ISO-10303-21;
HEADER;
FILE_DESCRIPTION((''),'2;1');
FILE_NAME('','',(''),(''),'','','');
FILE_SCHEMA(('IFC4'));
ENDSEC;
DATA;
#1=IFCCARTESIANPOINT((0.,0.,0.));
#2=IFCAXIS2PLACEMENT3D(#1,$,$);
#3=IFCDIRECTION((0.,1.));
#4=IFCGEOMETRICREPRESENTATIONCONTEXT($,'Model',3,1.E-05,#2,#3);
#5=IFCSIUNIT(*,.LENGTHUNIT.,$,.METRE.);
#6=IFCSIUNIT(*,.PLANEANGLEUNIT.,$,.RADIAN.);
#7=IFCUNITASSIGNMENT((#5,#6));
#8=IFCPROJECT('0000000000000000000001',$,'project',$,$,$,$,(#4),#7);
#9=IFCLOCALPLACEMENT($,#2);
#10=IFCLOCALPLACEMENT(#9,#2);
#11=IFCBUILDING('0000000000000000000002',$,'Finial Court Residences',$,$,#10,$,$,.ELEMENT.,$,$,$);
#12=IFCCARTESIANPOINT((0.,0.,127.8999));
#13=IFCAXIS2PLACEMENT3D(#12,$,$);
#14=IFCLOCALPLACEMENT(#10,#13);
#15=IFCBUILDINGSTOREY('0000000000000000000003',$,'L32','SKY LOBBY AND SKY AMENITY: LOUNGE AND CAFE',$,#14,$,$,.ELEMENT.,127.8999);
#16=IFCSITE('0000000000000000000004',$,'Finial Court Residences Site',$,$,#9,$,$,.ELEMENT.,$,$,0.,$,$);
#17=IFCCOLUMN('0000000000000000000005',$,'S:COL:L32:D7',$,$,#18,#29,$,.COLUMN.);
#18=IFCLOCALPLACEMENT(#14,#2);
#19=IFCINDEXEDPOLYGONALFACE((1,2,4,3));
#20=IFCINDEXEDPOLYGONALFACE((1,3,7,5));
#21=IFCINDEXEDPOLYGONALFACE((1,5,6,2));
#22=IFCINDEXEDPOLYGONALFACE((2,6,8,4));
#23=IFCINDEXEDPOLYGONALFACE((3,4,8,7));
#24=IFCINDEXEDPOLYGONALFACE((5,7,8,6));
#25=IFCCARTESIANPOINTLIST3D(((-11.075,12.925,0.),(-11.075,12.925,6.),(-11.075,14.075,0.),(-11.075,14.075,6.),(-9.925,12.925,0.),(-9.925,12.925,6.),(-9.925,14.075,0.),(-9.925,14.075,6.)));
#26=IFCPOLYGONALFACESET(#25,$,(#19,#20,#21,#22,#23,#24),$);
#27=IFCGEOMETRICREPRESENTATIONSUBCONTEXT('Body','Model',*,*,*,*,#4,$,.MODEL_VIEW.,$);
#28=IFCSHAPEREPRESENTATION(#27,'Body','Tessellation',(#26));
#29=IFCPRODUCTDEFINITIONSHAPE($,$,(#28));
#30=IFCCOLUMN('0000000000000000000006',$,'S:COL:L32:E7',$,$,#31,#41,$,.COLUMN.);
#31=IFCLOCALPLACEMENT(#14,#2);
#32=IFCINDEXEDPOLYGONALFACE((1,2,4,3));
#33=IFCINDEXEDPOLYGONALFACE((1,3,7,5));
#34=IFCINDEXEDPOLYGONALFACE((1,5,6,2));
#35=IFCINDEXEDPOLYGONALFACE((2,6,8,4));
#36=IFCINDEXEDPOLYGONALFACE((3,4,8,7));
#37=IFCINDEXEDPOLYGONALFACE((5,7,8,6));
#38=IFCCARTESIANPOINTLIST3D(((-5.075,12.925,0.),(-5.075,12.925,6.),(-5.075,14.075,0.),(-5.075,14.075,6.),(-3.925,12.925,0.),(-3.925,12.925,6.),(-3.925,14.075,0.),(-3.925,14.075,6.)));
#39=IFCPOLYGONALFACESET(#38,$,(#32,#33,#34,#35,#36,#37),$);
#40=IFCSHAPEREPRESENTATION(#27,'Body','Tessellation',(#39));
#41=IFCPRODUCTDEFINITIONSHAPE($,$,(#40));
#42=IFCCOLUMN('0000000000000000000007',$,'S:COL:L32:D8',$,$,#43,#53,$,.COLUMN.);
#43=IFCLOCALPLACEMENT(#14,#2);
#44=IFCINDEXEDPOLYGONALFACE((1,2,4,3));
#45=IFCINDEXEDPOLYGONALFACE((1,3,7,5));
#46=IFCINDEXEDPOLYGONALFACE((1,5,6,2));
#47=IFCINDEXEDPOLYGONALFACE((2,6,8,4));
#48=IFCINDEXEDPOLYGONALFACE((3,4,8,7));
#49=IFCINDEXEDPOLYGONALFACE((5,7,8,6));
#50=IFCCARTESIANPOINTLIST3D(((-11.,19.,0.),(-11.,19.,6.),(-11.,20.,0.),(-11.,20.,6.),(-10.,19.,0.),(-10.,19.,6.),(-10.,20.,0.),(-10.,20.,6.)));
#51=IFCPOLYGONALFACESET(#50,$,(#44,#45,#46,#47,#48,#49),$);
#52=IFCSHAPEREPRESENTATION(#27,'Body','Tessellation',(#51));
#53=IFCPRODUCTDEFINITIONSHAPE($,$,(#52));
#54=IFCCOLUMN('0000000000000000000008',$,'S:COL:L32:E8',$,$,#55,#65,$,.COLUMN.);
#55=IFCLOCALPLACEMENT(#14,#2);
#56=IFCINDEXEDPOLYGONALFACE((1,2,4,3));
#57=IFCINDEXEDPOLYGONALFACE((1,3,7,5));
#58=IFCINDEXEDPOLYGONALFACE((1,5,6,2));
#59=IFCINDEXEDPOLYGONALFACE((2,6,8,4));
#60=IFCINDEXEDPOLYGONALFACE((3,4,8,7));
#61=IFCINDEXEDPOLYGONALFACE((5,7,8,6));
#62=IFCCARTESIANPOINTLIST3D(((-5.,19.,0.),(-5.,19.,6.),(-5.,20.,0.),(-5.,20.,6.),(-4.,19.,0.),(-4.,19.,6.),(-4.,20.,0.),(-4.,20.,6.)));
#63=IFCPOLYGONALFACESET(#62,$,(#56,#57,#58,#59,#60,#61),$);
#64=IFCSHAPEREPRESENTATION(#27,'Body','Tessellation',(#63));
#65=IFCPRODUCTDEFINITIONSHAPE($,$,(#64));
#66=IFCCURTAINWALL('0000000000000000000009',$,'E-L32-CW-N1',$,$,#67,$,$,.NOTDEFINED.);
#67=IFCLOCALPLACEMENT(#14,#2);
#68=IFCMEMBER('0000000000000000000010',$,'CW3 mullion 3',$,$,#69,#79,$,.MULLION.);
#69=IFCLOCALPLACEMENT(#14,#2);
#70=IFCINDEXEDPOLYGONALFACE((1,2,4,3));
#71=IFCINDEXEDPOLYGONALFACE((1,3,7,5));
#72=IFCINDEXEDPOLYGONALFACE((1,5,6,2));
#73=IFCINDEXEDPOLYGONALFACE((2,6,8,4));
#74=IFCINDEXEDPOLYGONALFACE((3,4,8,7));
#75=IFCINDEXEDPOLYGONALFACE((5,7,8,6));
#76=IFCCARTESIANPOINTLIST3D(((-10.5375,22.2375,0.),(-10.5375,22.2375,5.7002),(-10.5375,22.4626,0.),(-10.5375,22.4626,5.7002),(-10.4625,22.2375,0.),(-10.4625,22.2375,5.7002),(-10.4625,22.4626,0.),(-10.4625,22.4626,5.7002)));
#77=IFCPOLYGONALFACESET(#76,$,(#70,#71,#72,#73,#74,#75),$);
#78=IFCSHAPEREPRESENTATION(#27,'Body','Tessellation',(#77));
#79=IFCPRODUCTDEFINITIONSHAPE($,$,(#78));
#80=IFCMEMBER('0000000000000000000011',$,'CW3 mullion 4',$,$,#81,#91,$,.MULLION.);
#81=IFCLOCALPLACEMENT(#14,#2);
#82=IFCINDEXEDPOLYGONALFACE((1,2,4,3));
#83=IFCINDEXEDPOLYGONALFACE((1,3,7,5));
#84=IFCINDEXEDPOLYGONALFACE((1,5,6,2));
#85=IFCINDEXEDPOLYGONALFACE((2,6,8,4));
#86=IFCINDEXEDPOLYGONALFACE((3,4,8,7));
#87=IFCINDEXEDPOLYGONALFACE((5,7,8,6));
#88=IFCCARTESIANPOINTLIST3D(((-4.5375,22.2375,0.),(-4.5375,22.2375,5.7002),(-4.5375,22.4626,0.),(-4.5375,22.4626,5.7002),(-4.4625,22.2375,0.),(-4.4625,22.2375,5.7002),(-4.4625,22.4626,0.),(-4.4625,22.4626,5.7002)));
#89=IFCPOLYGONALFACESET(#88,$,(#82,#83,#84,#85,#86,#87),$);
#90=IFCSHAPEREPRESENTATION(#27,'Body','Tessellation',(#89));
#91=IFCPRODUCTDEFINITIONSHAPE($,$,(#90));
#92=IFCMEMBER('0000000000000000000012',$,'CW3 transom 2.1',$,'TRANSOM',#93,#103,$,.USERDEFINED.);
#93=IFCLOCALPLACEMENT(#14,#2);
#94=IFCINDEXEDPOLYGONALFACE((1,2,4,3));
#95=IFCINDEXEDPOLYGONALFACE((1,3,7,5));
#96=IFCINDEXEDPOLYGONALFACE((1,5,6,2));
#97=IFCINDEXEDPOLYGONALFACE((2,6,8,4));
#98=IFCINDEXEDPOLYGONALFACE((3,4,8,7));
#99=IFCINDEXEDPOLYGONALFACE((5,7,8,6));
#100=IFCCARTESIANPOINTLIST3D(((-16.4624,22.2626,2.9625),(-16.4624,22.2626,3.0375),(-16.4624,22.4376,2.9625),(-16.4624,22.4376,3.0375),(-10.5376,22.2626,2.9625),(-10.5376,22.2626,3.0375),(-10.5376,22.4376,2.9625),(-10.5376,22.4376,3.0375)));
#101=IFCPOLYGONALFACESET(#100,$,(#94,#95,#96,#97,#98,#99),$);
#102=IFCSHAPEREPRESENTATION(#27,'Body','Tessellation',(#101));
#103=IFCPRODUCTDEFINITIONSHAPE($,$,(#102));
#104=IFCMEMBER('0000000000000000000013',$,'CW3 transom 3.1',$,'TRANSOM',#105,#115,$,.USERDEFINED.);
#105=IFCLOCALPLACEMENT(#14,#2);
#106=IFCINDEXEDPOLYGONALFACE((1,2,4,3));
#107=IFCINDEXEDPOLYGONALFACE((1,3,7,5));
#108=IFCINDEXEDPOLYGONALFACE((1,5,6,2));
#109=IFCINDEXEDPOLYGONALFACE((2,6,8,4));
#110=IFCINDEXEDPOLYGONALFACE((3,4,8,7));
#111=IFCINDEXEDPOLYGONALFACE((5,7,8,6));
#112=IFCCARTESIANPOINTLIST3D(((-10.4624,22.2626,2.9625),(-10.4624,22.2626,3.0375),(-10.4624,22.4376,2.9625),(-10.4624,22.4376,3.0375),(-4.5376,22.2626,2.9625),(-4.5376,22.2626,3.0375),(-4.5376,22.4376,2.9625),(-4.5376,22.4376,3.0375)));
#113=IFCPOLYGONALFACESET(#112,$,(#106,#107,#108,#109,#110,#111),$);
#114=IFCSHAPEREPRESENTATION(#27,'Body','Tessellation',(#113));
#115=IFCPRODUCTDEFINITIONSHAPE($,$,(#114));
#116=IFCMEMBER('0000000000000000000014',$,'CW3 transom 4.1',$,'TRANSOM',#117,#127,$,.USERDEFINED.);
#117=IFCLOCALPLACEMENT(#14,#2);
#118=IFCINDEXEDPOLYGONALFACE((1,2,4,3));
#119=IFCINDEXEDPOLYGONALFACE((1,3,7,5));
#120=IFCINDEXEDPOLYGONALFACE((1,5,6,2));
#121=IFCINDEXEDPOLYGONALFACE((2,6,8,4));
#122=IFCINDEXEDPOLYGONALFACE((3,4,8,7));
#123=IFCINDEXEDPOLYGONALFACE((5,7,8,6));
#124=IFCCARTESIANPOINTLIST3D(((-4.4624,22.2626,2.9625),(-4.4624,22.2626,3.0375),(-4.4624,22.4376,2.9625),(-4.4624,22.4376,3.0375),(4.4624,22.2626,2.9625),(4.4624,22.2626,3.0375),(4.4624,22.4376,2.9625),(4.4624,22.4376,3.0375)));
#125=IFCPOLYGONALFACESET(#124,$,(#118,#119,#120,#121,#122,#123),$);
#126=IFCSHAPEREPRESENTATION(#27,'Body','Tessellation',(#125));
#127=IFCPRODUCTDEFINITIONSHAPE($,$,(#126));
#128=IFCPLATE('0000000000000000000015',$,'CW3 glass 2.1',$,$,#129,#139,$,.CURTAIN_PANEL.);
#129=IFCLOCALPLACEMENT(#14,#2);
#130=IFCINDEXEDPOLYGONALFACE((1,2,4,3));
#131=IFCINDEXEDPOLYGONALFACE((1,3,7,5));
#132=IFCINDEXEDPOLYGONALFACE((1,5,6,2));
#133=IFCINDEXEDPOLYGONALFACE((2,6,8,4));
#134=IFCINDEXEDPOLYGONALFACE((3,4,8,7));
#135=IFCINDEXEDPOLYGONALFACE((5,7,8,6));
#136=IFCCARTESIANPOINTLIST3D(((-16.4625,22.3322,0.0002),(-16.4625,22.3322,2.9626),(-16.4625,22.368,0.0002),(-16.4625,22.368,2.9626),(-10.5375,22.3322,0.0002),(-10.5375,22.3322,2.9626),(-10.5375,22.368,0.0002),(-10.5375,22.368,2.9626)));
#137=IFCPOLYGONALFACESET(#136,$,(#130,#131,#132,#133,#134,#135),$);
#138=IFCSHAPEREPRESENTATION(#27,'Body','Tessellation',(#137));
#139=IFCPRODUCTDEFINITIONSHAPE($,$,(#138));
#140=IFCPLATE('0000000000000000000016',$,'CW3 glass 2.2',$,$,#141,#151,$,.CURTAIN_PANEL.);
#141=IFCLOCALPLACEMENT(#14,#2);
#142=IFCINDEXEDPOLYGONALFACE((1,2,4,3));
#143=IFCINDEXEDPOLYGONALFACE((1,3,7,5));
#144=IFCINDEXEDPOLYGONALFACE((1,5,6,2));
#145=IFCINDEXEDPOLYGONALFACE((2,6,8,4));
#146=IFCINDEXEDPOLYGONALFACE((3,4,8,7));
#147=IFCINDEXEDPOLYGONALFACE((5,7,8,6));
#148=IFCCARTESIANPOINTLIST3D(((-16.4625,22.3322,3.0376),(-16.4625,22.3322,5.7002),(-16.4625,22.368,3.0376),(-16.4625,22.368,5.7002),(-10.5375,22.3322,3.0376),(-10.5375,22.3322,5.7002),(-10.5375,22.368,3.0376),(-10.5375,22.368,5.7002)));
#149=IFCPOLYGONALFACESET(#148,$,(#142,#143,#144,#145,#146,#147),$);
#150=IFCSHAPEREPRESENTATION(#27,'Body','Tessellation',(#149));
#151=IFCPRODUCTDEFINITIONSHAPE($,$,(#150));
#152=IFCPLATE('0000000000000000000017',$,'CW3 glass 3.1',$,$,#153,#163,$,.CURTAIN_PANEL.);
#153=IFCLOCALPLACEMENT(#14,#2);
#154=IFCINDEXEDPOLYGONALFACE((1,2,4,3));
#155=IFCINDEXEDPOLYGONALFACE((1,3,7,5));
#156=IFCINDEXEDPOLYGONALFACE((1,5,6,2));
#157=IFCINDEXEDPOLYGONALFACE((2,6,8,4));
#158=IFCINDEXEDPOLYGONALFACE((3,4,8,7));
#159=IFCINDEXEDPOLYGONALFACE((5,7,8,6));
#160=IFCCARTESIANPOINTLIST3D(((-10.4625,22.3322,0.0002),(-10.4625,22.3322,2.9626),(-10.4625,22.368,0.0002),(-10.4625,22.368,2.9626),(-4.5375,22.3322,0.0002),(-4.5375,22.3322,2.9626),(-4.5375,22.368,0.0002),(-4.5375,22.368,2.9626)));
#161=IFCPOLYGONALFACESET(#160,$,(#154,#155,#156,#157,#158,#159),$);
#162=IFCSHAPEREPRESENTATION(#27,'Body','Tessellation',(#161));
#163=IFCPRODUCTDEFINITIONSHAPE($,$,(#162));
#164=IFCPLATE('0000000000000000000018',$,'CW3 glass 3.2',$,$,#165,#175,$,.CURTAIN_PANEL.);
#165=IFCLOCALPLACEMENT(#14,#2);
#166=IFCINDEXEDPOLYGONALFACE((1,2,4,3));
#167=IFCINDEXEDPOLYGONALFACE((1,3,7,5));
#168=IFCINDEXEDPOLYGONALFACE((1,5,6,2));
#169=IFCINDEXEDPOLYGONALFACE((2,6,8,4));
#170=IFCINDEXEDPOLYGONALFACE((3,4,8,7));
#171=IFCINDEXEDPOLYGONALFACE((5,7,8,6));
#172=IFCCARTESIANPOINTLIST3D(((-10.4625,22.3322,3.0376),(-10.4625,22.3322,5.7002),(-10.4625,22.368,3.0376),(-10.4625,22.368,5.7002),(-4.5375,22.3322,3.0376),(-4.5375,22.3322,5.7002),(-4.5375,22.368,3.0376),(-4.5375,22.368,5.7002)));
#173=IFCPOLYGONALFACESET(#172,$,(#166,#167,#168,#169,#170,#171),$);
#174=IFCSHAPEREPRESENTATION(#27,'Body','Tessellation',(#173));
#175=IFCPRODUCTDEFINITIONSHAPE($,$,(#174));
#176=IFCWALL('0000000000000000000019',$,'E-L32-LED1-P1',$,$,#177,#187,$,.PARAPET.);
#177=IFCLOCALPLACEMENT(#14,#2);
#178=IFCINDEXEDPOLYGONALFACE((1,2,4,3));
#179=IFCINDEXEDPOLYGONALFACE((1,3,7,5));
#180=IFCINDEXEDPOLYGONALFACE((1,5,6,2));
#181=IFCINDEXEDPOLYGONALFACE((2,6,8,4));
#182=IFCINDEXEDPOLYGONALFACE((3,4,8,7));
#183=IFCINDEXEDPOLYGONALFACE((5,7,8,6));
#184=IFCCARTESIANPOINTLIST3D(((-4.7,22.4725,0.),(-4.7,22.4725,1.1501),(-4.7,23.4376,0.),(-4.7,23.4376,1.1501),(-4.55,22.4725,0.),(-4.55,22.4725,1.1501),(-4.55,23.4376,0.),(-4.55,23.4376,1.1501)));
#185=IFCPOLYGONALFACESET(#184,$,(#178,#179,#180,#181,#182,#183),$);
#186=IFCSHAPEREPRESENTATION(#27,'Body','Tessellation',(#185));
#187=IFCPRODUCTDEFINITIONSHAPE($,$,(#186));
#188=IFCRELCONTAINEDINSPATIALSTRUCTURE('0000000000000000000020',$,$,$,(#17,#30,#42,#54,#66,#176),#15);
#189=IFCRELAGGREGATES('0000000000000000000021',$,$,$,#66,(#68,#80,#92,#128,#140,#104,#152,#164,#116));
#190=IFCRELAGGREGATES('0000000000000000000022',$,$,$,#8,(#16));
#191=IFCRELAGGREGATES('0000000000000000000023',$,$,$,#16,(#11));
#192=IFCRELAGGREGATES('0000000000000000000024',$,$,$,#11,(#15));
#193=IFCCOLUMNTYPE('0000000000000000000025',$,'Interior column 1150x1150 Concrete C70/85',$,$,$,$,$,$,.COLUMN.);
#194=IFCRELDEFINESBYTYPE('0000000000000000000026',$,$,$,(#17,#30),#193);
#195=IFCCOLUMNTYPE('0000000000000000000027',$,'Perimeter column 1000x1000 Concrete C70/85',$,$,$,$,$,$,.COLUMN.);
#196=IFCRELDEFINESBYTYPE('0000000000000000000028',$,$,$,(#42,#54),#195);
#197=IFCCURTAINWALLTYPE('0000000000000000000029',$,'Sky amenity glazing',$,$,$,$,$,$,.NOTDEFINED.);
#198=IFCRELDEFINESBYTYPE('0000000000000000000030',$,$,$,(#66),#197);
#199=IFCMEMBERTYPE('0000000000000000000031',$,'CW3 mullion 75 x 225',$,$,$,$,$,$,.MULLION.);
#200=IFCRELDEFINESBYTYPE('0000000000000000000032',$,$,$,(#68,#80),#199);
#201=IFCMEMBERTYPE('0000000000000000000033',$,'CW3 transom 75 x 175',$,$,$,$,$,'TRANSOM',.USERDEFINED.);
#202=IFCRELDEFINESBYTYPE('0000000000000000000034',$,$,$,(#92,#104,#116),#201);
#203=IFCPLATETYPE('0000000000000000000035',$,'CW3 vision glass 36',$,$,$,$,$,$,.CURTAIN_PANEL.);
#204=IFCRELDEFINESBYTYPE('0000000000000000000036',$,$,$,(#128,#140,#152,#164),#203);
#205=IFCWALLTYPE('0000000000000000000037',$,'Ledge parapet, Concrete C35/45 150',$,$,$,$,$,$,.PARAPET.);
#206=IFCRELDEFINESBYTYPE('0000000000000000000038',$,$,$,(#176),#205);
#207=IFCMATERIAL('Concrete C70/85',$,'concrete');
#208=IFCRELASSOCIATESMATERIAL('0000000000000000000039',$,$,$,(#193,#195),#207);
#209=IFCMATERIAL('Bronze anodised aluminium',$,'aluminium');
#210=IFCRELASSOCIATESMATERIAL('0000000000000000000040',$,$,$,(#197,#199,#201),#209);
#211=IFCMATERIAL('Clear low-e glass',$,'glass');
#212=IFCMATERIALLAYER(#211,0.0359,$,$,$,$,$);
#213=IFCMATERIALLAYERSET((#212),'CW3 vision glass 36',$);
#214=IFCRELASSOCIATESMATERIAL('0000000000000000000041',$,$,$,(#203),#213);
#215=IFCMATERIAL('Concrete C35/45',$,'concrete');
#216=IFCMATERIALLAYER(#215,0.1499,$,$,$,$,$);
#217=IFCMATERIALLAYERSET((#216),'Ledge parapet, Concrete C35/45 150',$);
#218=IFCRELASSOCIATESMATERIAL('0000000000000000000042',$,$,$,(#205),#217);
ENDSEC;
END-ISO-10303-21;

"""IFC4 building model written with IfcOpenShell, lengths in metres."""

from ifc_helpers import new_model, si_unit, direction, frame, frame_2d, origin, origin_2d, place, context, subcontext, project, spatial, rectangle, extrude, material, layer, layer_set, material_profile, profile_set, type_object, element, aggregate, save


model = new_model("IFC4")

# Units and contexts
model_context = context("Model", 3, precision=1e-05, world=origin(), true_north=direction((0.0, 1.0)))
body_context = subcontext(model_context, "Body", "Model", "MODEL_VIEW")
ifc_project = project(units=[si_unit("LENGTHUNIT", "METRE"), si_unit("PLANEANGLEUNIT", "RADIAN")], contexts=[model_context])

# Site, building, storey
site_placement = place(None, origin())
site = spatial("IfcSite", under=ifc_project, at=site_placement, Name="Finial Court Residences Site", CompositionType="ELEMENT", RefElevation=0.0)
building_placement = place(site_placement, origin())
building = spatial("IfcBuilding", under=site, at=building_placement, Name="Finial Court Residences", CompositionType="ELEMENT")
storey_placement = place(building_placement, frame((0.0, 0.0, 127.8999)))
storey = spatial("IfcBuildingStorey", under=building, at=storey_placement, Name="L32", Description="SKY LOBBY AND SKY AMENITY: LOUNGE AND CAFE", CompositionType="ELEMENT", Elevation=127.8999)

# Columns
ifc_material_1 = material(Name="Concrete C70/85", Category="concrete")
ifc_material_profile_1 = material_profile(ifc_material_1, rectangle(XDim=1.1499, YDim=1.1499, at=origin_2d()), Name="1150x1150")
ifc_profile_set_1 = profile_set([ifc_material_profile_1], Name="Concrete C70/85")
column_type_1 = type_object("IfcColumnType", Name="Interior column 1150x1150 Concrete C70/85", PredefinedType="COLUMN", material=ifc_profile_set_1)
for number, where, z_axis, x_axis, name in (
    (1, (-10.5, 13.5, 0.0), (0.0, 0.0, 1.0), (1.0, 0.0, 0.0), "S:COL:L32:D7"),
    (2, (-4.5, 13.5, 0.0), (0.0, 0.0, 1.0), (1.0, 0.0, 0.0), "S:COL:L32:E7"),
):
    element("IfcColumn", number, at=place(storey_placement, frame(where, z_axis=z_axis, x_axis=x_axis)), inside=storey, type_object=column_type_1, Name=name, PredefinedType="COLUMN", context=body_context, shape_type="SweptSolid", body=[
        extrude(rectangle(XDim=1.1499, YDim=1.1499, at=origin_2d()), origin(), (0.0, 0.0, 1.0), 6.0),
    ])
ifc_material_profile_2 = material_profile(ifc_material_1, rectangle(XDim=1.0, YDim=1.0, at=origin_2d()), Name="1000x1000")
ifc_profile_set_2 = profile_set([ifc_material_profile_2], Name="Concrete C70/85")
column_type_2 = type_object("IfcColumnType", Name="Perimeter column 1000x1000 Concrete C70/85", PredefinedType="COLUMN", material=ifc_profile_set_2)
for number, where, z_axis, x_axis, name in (
    (3, (-10.5, 19.5, 0.0), (0.0, 0.0, 1.0), (1.0, 0.0, 0.0), "S:COL:L32:D8"),
    (4, (-4.5, 19.5, 0.0), (0.0, 0.0, 1.0), (1.0, 0.0, 0.0), "S:COL:L32:E8"),
):
    element("IfcColumn", number, at=place(storey_placement, frame(where, z_axis=z_axis, x_axis=x_axis)), inside=storey, type_object=column_type_2, Name=name, PredefinedType="COLUMN", context=body_context, shape_type="SweptSolid", body=[
        extrude(rectangle(XDim=1.0, YDim=1.0, at=origin_2d()), origin(), (0.0, 0.0, 1.0), 6.0),
    ])

# Curtain wall, members, plates
ifc_material_2 = material(Name="Bronze anodised aluminium", Category="aluminium")
curtain_wall_type = type_object("IfcCurtainWallType", Name="Sky amenity glazing", PredefinedType="NOTDEFINED", material=ifc_material_2)
curtain_wall_placement = place(storey_placement, origin())
curtain_wall = element("IfcCurtainWall", 5, at=curtain_wall_placement, inside=storey, type_object=curtain_wall_type, Name="E-L32-CW-N1", PredefinedType="NOTDEFINED")
ifc_material_profile_3 = material_profile(ifc_material_2, rectangle(XDim=0.2251, YDim=0.075, at=origin_2d()), Name="CW3 mullion 75 x 225")
ifc_profile_set_3 = profile_set([ifc_material_profile_3], Name="Bronze anodised aluminium")
member_type_1 = type_object("IfcMemberType", Name="CW3 mullion 75 x 225", PredefinedType="MULLION", material=ifc_profile_set_3)
member_1_placement = place(storey_placement, frame((-10.5, 22.3501, 0.0), z_axis=(0.0, 0.0, 1.0), x_axis=(0.0, 1.0, 0.0)))
member_1 = element("IfcMember", 6, at=member_1_placement, type_object=member_type_1, Name="CW3 mullion 3", PredefinedType="MULLION", context=body_context, shape_type="SweptSolid", body=[
    extrude(rectangle(XDim=0.2251, YDim=0.075, at=origin_2d()), origin(), (0.0, 0.0, 1.0), 5.7002),
])
member_2_placement = place(storey_placement, frame((-4.5, 22.3501, 0.0), z_axis=(0.0, 0.0, 1.0), x_axis=(0.0, 1.0, 0.0)))
member_2 = element("IfcMember", 7, at=member_2_placement, type_object=member_type_1, Name="CW3 mullion 4", PredefinedType="MULLION", context=body_context, shape_type="SweptSolid", body=[
    extrude(rectangle(XDim=0.2251, YDim=0.075, at=origin_2d()), origin(), (0.0, 0.0, 1.0), 5.7002),
])
ifc_material_profile_4 = material_profile(ifc_material_2, rectangle(XDim=0.175, YDim=0.075, at=origin_2d()), Name="CW3 transom 75 x 175")
ifc_profile_set_4 = profile_set([ifc_material_profile_4], Name="Bronze anodised aluminium")
member_type_2 = type_object("IfcMemberType", Name="CW3 transom 75 x 175", ElementType="TRANSOM", PredefinedType="USERDEFINED", material=ifc_profile_set_4)
member_3_placement = place(storey_placement, frame((-16.4624, 22.3501, 3.0), z_axis=(1.0, 0.0, 0.0), x_axis=(0.0, 1.0, 0.0)))
member_3 = element("IfcMember", 8, at=member_3_placement, type_object=member_type_2, Name="CW3 transom 2.1", ObjectType="TRANSOM", PredefinedType="USERDEFINED", context=body_context, shape_type="SweptSolid", body=[
    extrude(rectangle(XDim=0.175, YDim=0.075, at=origin_2d()), origin(), (0.0, 0.0, 1.0), 5.9248),
])
member_4_placement = place(storey_placement, frame((-10.4624, 22.3501, 3.0), z_axis=(1.0, 0.0, 0.0), x_axis=(0.0, 1.0, 0.0)))
member_4 = element("IfcMember", 9, at=member_4_placement, type_object=member_type_2, Name="CW3 transom 3.1", ObjectType="TRANSOM", PredefinedType="USERDEFINED", context=body_context, shape_type="SweptSolid", body=[
    extrude(rectangle(XDim=0.175, YDim=0.075, at=origin_2d()), origin(), (0.0, 0.0, 1.0), 5.9248),
])
member_5_placement = place(storey_placement, frame((-4.4624, 22.3501, 3.0), z_axis=(1.0, 0.0, 0.0), x_axis=(0.0, 1.0, 0.0)))
member_5 = element("IfcMember", 10, at=member_5_placement, type_object=member_type_2, Name="CW3 transom 4.1", ObjectType="TRANSOM", PredefinedType="USERDEFINED", context=body_context, shape_type="SweptSolid", body=[
    extrude(rectangle(XDim=0.175, YDim=0.075, at=origin_2d()), origin(), (0.0, 0.0, 1.0), 8.9248),
])
ifc_material_3 = material(Name="Clear low-e glass", Category="glass")
ifc_layer_1 = layer(ifc_material_3, 0.0359)
ifc_layer_set_1 = layer_set([ifc_layer_1], Name="CW3 vision glass 36")
plate_type = type_object("IfcPlateType", Name="CW3 vision glass 36", PredefinedType="CURTAIN_PANEL", material=ifc_layer_set_1)
plate_1_placement = place(storey_placement, frame((-13.5, 22.3501, 0.0002), z_axis=(0.0, 0.0, 1.0), x_axis=(1.0, 0.0, 0.0)))
plate_1 = element("IfcPlate", 11, at=plate_1_placement, type_object=plate_type, Name="CW3 glass 2.1", PredefinedType="CURTAIN_PANEL", context=body_context, shape_type="SweptSolid", body=[
    extrude(rectangle(XDim=5.925, YDim=0.0359, at=origin_2d()), origin(), (0.0, 0.0, 1.0), 2.9624),
])
plate_2_placement = place(storey_placement, frame((-13.5, 22.3501, 3.0376), z_axis=(0.0, 0.0, 1.0), x_axis=(1.0, 0.0, 0.0)))
plate_2 = element("IfcPlate", 12, at=plate_2_placement, type_object=plate_type, Name="CW3 glass 2.2", PredefinedType="CURTAIN_PANEL", context=body_context, shape_type="SweptSolid", body=[
    extrude(rectangle(XDim=5.925, YDim=0.0359, at=origin_2d()), origin(), (0.0, 0.0, 1.0), 2.6626),
])
plate_3_placement = place(storey_placement, frame((-7.5, 22.3501, 0.0002), z_axis=(0.0, 0.0, 1.0), x_axis=(1.0, 0.0, 0.0)))
plate_3 = element("IfcPlate", 13, at=plate_3_placement, type_object=plate_type, Name="CW3 glass 3.1", PredefinedType="CURTAIN_PANEL", context=body_context, shape_type="SweptSolid", body=[
    extrude(rectangle(XDim=5.925, YDim=0.0359, at=origin_2d()), origin(), (0.0, 0.0, 1.0), 2.9624),
])
plate_4_placement = place(storey_placement, frame((-7.5, 22.3501, 3.0376), z_axis=(0.0, 0.0, 1.0), x_axis=(1.0, 0.0, 0.0)))
plate_4 = element("IfcPlate", 14, at=plate_4_placement, type_object=plate_type, Name="CW3 glass 3.2", PredefinedType="CURTAIN_PANEL", context=body_context, shape_type="SweptSolid", body=[
    extrude(rectangle(XDim=5.925, YDim=0.0359, at=origin_2d()), origin(), (0.0, 0.0, 1.0), 2.6626),
])
aggregate(curtain_wall, [member_1, member_2, member_3, plate_1, plate_2, member_4, plate_3, plate_4, member_5])

# Wall
ifc_material_4 = material(Name="Concrete C35/45", Category="concrete")
ifc_layer_2 = layer(ifc_material_4, 0.1499)
ifc_layer_set_2 = layer_set([ifc_layer_2], Name="Ledge parapet, Concrete C35/45 150")
wall_type = type_object("IfcWallType", Name="Ledge parapet, Concrete C35/45 150", PredefinedType="PARAPET", material=ifc_layer_set_2)
wall_1_placement = place(storey_placement, frame((-4.625, 23.4375, 0.0), z_axis=(0.0, 0.0, 1.0), x_axis=(0.0, -1.0, 0.0)))
element("IfcWall", 15, at=wall_1_placement, inside=storey, type_object=wall_type, Name="E-L32-LED1-P1", PredefinedType="PARAPET", context=body_context, shape_type="SweptSolid", body=[
    extrude(rectangle(XDim=0.9651, YDim=0.1499, at=frame_2d((0.4824, 0.0))), origin(), (0.0, 0.0, 1.0), 1.1501),
])

save(model, "model.ifc")
